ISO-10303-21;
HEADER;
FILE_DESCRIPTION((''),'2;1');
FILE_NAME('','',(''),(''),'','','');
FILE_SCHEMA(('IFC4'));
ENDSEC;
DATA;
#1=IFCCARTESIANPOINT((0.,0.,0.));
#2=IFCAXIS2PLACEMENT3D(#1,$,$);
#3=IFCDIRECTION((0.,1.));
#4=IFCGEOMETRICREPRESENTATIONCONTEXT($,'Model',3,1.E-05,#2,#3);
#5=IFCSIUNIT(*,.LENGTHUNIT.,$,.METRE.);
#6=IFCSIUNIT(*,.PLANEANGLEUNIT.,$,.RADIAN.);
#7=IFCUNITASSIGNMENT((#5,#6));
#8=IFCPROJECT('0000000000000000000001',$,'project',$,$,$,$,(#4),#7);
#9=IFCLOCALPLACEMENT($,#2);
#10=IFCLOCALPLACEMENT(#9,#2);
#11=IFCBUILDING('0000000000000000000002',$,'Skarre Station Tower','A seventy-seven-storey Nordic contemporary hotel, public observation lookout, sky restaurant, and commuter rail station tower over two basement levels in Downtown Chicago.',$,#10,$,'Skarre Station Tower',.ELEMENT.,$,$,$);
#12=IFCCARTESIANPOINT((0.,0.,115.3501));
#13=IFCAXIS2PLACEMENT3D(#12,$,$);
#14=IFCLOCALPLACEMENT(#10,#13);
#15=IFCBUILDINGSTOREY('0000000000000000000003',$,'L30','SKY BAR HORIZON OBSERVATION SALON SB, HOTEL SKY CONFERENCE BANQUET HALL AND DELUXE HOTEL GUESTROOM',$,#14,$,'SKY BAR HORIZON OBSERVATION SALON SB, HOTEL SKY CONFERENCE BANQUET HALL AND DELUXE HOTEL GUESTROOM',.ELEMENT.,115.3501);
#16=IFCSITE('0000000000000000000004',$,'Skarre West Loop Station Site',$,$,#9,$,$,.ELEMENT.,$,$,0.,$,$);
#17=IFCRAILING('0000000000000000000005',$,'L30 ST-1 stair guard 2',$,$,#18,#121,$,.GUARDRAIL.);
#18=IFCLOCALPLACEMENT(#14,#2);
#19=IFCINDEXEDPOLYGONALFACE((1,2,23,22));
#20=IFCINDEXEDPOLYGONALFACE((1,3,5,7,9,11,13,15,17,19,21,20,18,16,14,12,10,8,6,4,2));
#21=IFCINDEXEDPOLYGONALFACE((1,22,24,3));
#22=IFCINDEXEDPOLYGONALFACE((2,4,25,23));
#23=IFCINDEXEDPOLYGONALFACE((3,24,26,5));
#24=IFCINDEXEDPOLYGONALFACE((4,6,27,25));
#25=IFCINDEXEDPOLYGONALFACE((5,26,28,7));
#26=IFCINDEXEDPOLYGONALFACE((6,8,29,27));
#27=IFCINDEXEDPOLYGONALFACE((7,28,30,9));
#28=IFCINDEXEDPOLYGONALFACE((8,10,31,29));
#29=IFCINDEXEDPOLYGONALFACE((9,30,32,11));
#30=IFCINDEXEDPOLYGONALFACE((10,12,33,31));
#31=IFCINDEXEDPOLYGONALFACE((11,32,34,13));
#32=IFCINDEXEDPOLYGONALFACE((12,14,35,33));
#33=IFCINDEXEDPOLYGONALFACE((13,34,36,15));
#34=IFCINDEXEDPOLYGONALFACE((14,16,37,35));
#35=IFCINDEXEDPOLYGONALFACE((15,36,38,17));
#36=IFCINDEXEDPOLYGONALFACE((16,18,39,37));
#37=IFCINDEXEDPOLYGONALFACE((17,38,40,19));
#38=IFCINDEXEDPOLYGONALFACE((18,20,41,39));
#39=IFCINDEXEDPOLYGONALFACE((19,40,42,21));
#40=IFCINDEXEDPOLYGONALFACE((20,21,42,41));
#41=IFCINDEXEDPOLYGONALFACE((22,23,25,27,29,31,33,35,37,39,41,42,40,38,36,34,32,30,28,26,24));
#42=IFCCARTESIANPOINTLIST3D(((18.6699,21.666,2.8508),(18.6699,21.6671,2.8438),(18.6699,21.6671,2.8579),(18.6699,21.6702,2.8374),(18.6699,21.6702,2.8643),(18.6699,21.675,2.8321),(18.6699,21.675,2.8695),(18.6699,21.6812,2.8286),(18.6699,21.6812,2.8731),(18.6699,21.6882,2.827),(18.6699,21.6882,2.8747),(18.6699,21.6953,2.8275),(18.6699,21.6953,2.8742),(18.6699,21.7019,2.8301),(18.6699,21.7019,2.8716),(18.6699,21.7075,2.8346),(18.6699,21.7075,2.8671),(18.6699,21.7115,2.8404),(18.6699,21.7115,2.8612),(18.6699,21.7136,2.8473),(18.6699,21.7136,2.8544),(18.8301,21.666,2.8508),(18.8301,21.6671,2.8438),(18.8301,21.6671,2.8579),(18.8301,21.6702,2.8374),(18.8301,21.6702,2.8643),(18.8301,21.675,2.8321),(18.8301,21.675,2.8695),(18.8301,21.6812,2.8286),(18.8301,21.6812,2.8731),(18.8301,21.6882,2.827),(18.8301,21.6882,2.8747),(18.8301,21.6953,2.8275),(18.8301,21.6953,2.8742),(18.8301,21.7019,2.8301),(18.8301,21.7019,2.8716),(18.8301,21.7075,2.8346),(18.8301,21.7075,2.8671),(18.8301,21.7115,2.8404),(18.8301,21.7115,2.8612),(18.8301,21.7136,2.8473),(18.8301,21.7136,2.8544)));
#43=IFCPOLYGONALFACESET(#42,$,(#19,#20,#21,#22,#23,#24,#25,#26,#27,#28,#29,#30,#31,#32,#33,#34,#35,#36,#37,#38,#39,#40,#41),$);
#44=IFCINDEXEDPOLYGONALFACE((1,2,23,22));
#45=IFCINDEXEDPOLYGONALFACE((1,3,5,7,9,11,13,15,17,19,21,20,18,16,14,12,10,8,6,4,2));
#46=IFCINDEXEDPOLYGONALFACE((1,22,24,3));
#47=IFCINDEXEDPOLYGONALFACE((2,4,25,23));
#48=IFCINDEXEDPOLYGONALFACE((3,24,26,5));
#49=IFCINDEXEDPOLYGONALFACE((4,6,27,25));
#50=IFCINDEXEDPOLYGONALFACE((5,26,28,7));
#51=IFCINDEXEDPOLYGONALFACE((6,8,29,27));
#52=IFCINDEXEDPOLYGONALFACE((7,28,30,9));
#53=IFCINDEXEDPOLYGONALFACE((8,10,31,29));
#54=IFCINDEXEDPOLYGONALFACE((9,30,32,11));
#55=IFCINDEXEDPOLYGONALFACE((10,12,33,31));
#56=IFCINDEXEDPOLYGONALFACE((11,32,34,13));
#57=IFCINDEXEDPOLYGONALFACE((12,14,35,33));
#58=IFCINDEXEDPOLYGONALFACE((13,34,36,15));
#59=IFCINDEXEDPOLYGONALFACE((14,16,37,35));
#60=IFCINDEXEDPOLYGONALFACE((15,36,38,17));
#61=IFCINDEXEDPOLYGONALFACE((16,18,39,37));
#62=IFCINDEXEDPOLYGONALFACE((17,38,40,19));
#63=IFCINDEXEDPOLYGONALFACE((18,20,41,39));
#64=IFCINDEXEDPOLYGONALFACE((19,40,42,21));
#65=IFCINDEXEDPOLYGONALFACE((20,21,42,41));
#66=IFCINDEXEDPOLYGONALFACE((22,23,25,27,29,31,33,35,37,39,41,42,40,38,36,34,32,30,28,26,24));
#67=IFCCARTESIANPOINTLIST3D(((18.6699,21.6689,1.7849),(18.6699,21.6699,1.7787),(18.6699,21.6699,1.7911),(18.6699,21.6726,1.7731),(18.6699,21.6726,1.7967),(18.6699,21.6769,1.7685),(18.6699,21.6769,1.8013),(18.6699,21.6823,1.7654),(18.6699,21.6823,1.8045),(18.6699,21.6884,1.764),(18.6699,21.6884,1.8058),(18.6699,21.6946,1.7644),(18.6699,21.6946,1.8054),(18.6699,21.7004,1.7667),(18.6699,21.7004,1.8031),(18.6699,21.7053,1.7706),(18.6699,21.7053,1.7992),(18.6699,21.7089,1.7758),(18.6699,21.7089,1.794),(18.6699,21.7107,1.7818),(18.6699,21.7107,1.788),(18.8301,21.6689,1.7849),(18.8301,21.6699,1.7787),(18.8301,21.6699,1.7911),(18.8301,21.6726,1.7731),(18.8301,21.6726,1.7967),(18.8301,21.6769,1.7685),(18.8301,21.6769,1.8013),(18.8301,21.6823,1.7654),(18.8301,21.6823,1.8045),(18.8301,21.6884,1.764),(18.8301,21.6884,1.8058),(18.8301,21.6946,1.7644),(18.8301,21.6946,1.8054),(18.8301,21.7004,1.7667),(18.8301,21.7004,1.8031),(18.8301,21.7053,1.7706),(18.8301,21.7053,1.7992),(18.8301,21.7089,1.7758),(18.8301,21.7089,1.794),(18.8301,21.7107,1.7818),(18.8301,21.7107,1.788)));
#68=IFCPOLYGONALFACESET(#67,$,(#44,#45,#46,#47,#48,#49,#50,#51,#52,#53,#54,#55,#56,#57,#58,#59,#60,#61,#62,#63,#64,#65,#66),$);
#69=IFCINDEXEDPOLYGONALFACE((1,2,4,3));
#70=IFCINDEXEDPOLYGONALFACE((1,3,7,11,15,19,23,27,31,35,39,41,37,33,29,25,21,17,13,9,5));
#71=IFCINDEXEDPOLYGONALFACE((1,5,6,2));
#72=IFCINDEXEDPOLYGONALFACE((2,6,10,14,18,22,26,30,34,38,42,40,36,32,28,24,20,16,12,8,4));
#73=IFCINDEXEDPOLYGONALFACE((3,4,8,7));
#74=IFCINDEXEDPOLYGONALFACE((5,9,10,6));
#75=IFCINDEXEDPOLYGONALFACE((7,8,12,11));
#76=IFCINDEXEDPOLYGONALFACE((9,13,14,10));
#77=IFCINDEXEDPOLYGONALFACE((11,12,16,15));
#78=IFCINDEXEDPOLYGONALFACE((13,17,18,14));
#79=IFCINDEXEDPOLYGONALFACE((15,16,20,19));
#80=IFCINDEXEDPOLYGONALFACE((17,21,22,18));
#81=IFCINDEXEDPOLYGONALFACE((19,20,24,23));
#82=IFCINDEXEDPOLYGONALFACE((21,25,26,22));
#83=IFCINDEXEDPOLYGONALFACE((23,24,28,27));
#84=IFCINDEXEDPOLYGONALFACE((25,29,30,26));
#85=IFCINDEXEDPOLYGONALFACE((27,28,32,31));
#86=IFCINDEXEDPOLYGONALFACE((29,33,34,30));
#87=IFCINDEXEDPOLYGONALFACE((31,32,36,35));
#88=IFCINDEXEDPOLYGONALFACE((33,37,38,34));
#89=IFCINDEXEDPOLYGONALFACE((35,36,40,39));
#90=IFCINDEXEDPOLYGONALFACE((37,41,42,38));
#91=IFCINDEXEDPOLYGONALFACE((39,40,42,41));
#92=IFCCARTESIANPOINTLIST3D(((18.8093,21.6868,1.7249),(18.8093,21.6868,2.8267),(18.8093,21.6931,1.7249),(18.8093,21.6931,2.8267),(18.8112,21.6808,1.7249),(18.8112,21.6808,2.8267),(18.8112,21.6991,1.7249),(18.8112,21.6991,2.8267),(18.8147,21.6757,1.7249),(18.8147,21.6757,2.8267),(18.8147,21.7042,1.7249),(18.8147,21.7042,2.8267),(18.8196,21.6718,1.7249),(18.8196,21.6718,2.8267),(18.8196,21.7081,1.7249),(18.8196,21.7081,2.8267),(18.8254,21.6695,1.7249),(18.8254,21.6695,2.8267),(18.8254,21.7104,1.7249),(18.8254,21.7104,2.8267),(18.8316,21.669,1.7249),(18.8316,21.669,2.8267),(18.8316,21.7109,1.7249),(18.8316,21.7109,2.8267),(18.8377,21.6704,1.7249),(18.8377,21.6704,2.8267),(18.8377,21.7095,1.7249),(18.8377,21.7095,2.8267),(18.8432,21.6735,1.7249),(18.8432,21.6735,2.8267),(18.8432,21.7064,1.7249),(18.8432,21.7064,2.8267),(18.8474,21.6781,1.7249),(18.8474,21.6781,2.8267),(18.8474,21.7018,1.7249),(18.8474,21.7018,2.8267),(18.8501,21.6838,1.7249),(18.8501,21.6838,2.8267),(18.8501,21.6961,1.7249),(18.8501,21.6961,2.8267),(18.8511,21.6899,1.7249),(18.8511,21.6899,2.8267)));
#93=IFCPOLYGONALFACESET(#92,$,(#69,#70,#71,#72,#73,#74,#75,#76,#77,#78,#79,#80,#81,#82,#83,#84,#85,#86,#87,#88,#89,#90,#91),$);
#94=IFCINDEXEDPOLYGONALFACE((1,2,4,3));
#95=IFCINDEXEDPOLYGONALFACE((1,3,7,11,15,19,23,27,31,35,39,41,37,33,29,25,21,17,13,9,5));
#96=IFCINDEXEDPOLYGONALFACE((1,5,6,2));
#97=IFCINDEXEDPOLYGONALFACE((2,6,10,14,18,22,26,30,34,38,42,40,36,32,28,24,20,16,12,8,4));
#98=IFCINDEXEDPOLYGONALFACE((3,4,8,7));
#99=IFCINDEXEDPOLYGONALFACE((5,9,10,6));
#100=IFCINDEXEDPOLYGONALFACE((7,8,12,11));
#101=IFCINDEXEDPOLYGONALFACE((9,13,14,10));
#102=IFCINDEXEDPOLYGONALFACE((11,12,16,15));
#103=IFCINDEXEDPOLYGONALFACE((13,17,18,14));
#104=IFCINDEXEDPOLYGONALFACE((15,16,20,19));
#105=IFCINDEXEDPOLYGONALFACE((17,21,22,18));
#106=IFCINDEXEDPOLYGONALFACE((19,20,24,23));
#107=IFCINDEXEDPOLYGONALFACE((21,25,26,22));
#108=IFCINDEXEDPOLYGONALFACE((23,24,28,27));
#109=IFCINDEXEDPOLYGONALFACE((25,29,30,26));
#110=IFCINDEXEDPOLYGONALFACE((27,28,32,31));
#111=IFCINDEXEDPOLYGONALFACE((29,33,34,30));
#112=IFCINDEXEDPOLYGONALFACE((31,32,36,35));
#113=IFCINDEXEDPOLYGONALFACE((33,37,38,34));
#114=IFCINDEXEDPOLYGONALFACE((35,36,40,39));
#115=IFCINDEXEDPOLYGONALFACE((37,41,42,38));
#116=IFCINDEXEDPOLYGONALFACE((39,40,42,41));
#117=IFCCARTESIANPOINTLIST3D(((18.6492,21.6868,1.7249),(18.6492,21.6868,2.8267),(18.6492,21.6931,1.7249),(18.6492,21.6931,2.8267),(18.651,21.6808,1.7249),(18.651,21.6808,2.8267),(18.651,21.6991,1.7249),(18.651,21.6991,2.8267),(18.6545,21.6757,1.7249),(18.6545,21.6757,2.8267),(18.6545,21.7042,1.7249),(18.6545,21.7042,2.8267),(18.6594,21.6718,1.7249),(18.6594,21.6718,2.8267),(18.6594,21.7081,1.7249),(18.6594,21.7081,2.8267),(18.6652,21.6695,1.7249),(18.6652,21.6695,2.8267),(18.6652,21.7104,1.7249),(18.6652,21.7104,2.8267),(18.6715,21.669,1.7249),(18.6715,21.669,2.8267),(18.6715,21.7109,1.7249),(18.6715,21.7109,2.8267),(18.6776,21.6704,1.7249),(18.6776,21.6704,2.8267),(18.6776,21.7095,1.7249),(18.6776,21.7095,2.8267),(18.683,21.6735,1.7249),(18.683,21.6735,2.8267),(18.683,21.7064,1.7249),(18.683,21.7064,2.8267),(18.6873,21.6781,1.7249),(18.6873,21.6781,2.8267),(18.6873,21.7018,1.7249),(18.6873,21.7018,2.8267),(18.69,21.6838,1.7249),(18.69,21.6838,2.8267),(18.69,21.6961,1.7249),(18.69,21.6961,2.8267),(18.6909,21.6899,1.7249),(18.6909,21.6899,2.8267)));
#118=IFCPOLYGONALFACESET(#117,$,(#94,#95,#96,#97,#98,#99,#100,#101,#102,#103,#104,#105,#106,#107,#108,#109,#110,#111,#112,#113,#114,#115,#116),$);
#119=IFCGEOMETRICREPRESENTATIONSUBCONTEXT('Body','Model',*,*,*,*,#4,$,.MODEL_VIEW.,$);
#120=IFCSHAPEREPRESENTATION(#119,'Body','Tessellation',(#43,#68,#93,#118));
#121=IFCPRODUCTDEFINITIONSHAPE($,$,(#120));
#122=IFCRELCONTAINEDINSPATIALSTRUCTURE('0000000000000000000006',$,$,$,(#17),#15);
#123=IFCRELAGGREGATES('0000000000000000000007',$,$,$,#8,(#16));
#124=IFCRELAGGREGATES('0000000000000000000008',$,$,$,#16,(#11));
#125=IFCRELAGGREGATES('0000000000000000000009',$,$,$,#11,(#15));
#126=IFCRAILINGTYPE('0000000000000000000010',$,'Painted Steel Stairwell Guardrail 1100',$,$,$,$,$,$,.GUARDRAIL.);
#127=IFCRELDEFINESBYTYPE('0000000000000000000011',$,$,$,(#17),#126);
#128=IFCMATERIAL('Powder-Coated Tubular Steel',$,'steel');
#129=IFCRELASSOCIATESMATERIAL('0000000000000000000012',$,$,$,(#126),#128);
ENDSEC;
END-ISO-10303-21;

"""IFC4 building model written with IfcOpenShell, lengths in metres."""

from ifc_helpers import new_model, si_unit, direction, frame, origin, origin_2d, place, context, subcontext, project, spatial, circle, extrude, material, type_object, element, save


model = new_model("IFC4")

# Units and contexts
model_context = context("Model", 3, precision=1e-05, world=origin(), true_north=direction((0.0, 1.0)))
body_context = subcontext(model_context, "Body", "Model", "MODEL_VIEW")
ifc_project = project(units=[si_unit("LENGTHUNIT", "METRE"), si_unit("PLANEANGLEUNIT", "RADIAN")], contexts=[model_context])

# Site, building, storey
site_placement = place(None, origin())
site = spatial("IfcSite", under=ifc_project, at=site_placement, Name="Skarre West Loop Station Site", CompositionType="ELEMENT", RefElevation=0.0)
building_placement = place(site_placement, origin())
building = spatial("IfcBuilding", under=site, at=building_placement, Name="Skarre Station Tower", Description="A seventy-seven-storey Nordic contemporary hotel, public observation lookout, sky restaurant, and commuter rail station tower over two basement levels in Downtown Chicago.", LongName="Skarre Station Tower", CompositionType="ELEMENT")
storey_placement = place(building_placement, frame((0.0, 0.0, 115.3501)))
storey = spatial("IfcBuildingStorey", under=building, at=storey_placement, Name="L30", Description="SKY BAR HORIZON OBSERVATION SALON SB, HOTEL SKY CONFERENCE BANQUET HALL AND DELUXE HOTEL GUESTROOM", LongName="SKY BAR HORIZON OBSERVATION SALON SB, HOTEL SKY CONFERENCE BANQUET HALL AND DELUXE HOTEL GUESTROOM", CompositionType="ELEMENT", Elevation=115.3501)

# Railing
ifc_material_1 = material(Name="Powder-Coated Tubular Steel", Category="steel")
railing_type = type_object("IfcRailingType", Name="Painted Steel Stairwell Guardrail 1100", PredefinedType="GUARDRAIL", material=ifc_material_1)
railing_1_placement = place(storey_placement, frame((18.8301, 21.6899, 1.7249)))
element("IfcRailing", 1, at=railing_1_placement, inside=storey, type_object=railing_type, Name="L30 ST-1 stair guard 2", PredefinedType="GUARDRAIL", context=body_context, shape_type="SweptSolid", body=[
    extrude(circle(Radius=0.0239, at=origin_2d()), frame((0.0, 0.0, 1.126), z_axis=(-1.0, 0.0, 0.0), x_axis=(0.0, -1.0, 0.0)), (0.0, 0.0, 1.0), 0.1602),
    extrude(circle(Radius=0.021, at=origin_2d()), frame((0.0, 0.0, 0.0601), z_axis=(-1.0, 0.0, 0.0), x_axis=(0.0, -1.0, 0.0)), (0.0, 0.0, 1.0), 0.1602),
    extrude(circle(Radius=0.021, at=origin_2d()), origin(), (0.0, 0.0, 1.0), 1.1018),
    extrude(circle(Radius=0.021, at=origin_2d()), frame((-0.1602, 0.0, 0.0)), (0.0, 0.0, 1.0), 1.1018),
])

save(model, "model.ifc")
